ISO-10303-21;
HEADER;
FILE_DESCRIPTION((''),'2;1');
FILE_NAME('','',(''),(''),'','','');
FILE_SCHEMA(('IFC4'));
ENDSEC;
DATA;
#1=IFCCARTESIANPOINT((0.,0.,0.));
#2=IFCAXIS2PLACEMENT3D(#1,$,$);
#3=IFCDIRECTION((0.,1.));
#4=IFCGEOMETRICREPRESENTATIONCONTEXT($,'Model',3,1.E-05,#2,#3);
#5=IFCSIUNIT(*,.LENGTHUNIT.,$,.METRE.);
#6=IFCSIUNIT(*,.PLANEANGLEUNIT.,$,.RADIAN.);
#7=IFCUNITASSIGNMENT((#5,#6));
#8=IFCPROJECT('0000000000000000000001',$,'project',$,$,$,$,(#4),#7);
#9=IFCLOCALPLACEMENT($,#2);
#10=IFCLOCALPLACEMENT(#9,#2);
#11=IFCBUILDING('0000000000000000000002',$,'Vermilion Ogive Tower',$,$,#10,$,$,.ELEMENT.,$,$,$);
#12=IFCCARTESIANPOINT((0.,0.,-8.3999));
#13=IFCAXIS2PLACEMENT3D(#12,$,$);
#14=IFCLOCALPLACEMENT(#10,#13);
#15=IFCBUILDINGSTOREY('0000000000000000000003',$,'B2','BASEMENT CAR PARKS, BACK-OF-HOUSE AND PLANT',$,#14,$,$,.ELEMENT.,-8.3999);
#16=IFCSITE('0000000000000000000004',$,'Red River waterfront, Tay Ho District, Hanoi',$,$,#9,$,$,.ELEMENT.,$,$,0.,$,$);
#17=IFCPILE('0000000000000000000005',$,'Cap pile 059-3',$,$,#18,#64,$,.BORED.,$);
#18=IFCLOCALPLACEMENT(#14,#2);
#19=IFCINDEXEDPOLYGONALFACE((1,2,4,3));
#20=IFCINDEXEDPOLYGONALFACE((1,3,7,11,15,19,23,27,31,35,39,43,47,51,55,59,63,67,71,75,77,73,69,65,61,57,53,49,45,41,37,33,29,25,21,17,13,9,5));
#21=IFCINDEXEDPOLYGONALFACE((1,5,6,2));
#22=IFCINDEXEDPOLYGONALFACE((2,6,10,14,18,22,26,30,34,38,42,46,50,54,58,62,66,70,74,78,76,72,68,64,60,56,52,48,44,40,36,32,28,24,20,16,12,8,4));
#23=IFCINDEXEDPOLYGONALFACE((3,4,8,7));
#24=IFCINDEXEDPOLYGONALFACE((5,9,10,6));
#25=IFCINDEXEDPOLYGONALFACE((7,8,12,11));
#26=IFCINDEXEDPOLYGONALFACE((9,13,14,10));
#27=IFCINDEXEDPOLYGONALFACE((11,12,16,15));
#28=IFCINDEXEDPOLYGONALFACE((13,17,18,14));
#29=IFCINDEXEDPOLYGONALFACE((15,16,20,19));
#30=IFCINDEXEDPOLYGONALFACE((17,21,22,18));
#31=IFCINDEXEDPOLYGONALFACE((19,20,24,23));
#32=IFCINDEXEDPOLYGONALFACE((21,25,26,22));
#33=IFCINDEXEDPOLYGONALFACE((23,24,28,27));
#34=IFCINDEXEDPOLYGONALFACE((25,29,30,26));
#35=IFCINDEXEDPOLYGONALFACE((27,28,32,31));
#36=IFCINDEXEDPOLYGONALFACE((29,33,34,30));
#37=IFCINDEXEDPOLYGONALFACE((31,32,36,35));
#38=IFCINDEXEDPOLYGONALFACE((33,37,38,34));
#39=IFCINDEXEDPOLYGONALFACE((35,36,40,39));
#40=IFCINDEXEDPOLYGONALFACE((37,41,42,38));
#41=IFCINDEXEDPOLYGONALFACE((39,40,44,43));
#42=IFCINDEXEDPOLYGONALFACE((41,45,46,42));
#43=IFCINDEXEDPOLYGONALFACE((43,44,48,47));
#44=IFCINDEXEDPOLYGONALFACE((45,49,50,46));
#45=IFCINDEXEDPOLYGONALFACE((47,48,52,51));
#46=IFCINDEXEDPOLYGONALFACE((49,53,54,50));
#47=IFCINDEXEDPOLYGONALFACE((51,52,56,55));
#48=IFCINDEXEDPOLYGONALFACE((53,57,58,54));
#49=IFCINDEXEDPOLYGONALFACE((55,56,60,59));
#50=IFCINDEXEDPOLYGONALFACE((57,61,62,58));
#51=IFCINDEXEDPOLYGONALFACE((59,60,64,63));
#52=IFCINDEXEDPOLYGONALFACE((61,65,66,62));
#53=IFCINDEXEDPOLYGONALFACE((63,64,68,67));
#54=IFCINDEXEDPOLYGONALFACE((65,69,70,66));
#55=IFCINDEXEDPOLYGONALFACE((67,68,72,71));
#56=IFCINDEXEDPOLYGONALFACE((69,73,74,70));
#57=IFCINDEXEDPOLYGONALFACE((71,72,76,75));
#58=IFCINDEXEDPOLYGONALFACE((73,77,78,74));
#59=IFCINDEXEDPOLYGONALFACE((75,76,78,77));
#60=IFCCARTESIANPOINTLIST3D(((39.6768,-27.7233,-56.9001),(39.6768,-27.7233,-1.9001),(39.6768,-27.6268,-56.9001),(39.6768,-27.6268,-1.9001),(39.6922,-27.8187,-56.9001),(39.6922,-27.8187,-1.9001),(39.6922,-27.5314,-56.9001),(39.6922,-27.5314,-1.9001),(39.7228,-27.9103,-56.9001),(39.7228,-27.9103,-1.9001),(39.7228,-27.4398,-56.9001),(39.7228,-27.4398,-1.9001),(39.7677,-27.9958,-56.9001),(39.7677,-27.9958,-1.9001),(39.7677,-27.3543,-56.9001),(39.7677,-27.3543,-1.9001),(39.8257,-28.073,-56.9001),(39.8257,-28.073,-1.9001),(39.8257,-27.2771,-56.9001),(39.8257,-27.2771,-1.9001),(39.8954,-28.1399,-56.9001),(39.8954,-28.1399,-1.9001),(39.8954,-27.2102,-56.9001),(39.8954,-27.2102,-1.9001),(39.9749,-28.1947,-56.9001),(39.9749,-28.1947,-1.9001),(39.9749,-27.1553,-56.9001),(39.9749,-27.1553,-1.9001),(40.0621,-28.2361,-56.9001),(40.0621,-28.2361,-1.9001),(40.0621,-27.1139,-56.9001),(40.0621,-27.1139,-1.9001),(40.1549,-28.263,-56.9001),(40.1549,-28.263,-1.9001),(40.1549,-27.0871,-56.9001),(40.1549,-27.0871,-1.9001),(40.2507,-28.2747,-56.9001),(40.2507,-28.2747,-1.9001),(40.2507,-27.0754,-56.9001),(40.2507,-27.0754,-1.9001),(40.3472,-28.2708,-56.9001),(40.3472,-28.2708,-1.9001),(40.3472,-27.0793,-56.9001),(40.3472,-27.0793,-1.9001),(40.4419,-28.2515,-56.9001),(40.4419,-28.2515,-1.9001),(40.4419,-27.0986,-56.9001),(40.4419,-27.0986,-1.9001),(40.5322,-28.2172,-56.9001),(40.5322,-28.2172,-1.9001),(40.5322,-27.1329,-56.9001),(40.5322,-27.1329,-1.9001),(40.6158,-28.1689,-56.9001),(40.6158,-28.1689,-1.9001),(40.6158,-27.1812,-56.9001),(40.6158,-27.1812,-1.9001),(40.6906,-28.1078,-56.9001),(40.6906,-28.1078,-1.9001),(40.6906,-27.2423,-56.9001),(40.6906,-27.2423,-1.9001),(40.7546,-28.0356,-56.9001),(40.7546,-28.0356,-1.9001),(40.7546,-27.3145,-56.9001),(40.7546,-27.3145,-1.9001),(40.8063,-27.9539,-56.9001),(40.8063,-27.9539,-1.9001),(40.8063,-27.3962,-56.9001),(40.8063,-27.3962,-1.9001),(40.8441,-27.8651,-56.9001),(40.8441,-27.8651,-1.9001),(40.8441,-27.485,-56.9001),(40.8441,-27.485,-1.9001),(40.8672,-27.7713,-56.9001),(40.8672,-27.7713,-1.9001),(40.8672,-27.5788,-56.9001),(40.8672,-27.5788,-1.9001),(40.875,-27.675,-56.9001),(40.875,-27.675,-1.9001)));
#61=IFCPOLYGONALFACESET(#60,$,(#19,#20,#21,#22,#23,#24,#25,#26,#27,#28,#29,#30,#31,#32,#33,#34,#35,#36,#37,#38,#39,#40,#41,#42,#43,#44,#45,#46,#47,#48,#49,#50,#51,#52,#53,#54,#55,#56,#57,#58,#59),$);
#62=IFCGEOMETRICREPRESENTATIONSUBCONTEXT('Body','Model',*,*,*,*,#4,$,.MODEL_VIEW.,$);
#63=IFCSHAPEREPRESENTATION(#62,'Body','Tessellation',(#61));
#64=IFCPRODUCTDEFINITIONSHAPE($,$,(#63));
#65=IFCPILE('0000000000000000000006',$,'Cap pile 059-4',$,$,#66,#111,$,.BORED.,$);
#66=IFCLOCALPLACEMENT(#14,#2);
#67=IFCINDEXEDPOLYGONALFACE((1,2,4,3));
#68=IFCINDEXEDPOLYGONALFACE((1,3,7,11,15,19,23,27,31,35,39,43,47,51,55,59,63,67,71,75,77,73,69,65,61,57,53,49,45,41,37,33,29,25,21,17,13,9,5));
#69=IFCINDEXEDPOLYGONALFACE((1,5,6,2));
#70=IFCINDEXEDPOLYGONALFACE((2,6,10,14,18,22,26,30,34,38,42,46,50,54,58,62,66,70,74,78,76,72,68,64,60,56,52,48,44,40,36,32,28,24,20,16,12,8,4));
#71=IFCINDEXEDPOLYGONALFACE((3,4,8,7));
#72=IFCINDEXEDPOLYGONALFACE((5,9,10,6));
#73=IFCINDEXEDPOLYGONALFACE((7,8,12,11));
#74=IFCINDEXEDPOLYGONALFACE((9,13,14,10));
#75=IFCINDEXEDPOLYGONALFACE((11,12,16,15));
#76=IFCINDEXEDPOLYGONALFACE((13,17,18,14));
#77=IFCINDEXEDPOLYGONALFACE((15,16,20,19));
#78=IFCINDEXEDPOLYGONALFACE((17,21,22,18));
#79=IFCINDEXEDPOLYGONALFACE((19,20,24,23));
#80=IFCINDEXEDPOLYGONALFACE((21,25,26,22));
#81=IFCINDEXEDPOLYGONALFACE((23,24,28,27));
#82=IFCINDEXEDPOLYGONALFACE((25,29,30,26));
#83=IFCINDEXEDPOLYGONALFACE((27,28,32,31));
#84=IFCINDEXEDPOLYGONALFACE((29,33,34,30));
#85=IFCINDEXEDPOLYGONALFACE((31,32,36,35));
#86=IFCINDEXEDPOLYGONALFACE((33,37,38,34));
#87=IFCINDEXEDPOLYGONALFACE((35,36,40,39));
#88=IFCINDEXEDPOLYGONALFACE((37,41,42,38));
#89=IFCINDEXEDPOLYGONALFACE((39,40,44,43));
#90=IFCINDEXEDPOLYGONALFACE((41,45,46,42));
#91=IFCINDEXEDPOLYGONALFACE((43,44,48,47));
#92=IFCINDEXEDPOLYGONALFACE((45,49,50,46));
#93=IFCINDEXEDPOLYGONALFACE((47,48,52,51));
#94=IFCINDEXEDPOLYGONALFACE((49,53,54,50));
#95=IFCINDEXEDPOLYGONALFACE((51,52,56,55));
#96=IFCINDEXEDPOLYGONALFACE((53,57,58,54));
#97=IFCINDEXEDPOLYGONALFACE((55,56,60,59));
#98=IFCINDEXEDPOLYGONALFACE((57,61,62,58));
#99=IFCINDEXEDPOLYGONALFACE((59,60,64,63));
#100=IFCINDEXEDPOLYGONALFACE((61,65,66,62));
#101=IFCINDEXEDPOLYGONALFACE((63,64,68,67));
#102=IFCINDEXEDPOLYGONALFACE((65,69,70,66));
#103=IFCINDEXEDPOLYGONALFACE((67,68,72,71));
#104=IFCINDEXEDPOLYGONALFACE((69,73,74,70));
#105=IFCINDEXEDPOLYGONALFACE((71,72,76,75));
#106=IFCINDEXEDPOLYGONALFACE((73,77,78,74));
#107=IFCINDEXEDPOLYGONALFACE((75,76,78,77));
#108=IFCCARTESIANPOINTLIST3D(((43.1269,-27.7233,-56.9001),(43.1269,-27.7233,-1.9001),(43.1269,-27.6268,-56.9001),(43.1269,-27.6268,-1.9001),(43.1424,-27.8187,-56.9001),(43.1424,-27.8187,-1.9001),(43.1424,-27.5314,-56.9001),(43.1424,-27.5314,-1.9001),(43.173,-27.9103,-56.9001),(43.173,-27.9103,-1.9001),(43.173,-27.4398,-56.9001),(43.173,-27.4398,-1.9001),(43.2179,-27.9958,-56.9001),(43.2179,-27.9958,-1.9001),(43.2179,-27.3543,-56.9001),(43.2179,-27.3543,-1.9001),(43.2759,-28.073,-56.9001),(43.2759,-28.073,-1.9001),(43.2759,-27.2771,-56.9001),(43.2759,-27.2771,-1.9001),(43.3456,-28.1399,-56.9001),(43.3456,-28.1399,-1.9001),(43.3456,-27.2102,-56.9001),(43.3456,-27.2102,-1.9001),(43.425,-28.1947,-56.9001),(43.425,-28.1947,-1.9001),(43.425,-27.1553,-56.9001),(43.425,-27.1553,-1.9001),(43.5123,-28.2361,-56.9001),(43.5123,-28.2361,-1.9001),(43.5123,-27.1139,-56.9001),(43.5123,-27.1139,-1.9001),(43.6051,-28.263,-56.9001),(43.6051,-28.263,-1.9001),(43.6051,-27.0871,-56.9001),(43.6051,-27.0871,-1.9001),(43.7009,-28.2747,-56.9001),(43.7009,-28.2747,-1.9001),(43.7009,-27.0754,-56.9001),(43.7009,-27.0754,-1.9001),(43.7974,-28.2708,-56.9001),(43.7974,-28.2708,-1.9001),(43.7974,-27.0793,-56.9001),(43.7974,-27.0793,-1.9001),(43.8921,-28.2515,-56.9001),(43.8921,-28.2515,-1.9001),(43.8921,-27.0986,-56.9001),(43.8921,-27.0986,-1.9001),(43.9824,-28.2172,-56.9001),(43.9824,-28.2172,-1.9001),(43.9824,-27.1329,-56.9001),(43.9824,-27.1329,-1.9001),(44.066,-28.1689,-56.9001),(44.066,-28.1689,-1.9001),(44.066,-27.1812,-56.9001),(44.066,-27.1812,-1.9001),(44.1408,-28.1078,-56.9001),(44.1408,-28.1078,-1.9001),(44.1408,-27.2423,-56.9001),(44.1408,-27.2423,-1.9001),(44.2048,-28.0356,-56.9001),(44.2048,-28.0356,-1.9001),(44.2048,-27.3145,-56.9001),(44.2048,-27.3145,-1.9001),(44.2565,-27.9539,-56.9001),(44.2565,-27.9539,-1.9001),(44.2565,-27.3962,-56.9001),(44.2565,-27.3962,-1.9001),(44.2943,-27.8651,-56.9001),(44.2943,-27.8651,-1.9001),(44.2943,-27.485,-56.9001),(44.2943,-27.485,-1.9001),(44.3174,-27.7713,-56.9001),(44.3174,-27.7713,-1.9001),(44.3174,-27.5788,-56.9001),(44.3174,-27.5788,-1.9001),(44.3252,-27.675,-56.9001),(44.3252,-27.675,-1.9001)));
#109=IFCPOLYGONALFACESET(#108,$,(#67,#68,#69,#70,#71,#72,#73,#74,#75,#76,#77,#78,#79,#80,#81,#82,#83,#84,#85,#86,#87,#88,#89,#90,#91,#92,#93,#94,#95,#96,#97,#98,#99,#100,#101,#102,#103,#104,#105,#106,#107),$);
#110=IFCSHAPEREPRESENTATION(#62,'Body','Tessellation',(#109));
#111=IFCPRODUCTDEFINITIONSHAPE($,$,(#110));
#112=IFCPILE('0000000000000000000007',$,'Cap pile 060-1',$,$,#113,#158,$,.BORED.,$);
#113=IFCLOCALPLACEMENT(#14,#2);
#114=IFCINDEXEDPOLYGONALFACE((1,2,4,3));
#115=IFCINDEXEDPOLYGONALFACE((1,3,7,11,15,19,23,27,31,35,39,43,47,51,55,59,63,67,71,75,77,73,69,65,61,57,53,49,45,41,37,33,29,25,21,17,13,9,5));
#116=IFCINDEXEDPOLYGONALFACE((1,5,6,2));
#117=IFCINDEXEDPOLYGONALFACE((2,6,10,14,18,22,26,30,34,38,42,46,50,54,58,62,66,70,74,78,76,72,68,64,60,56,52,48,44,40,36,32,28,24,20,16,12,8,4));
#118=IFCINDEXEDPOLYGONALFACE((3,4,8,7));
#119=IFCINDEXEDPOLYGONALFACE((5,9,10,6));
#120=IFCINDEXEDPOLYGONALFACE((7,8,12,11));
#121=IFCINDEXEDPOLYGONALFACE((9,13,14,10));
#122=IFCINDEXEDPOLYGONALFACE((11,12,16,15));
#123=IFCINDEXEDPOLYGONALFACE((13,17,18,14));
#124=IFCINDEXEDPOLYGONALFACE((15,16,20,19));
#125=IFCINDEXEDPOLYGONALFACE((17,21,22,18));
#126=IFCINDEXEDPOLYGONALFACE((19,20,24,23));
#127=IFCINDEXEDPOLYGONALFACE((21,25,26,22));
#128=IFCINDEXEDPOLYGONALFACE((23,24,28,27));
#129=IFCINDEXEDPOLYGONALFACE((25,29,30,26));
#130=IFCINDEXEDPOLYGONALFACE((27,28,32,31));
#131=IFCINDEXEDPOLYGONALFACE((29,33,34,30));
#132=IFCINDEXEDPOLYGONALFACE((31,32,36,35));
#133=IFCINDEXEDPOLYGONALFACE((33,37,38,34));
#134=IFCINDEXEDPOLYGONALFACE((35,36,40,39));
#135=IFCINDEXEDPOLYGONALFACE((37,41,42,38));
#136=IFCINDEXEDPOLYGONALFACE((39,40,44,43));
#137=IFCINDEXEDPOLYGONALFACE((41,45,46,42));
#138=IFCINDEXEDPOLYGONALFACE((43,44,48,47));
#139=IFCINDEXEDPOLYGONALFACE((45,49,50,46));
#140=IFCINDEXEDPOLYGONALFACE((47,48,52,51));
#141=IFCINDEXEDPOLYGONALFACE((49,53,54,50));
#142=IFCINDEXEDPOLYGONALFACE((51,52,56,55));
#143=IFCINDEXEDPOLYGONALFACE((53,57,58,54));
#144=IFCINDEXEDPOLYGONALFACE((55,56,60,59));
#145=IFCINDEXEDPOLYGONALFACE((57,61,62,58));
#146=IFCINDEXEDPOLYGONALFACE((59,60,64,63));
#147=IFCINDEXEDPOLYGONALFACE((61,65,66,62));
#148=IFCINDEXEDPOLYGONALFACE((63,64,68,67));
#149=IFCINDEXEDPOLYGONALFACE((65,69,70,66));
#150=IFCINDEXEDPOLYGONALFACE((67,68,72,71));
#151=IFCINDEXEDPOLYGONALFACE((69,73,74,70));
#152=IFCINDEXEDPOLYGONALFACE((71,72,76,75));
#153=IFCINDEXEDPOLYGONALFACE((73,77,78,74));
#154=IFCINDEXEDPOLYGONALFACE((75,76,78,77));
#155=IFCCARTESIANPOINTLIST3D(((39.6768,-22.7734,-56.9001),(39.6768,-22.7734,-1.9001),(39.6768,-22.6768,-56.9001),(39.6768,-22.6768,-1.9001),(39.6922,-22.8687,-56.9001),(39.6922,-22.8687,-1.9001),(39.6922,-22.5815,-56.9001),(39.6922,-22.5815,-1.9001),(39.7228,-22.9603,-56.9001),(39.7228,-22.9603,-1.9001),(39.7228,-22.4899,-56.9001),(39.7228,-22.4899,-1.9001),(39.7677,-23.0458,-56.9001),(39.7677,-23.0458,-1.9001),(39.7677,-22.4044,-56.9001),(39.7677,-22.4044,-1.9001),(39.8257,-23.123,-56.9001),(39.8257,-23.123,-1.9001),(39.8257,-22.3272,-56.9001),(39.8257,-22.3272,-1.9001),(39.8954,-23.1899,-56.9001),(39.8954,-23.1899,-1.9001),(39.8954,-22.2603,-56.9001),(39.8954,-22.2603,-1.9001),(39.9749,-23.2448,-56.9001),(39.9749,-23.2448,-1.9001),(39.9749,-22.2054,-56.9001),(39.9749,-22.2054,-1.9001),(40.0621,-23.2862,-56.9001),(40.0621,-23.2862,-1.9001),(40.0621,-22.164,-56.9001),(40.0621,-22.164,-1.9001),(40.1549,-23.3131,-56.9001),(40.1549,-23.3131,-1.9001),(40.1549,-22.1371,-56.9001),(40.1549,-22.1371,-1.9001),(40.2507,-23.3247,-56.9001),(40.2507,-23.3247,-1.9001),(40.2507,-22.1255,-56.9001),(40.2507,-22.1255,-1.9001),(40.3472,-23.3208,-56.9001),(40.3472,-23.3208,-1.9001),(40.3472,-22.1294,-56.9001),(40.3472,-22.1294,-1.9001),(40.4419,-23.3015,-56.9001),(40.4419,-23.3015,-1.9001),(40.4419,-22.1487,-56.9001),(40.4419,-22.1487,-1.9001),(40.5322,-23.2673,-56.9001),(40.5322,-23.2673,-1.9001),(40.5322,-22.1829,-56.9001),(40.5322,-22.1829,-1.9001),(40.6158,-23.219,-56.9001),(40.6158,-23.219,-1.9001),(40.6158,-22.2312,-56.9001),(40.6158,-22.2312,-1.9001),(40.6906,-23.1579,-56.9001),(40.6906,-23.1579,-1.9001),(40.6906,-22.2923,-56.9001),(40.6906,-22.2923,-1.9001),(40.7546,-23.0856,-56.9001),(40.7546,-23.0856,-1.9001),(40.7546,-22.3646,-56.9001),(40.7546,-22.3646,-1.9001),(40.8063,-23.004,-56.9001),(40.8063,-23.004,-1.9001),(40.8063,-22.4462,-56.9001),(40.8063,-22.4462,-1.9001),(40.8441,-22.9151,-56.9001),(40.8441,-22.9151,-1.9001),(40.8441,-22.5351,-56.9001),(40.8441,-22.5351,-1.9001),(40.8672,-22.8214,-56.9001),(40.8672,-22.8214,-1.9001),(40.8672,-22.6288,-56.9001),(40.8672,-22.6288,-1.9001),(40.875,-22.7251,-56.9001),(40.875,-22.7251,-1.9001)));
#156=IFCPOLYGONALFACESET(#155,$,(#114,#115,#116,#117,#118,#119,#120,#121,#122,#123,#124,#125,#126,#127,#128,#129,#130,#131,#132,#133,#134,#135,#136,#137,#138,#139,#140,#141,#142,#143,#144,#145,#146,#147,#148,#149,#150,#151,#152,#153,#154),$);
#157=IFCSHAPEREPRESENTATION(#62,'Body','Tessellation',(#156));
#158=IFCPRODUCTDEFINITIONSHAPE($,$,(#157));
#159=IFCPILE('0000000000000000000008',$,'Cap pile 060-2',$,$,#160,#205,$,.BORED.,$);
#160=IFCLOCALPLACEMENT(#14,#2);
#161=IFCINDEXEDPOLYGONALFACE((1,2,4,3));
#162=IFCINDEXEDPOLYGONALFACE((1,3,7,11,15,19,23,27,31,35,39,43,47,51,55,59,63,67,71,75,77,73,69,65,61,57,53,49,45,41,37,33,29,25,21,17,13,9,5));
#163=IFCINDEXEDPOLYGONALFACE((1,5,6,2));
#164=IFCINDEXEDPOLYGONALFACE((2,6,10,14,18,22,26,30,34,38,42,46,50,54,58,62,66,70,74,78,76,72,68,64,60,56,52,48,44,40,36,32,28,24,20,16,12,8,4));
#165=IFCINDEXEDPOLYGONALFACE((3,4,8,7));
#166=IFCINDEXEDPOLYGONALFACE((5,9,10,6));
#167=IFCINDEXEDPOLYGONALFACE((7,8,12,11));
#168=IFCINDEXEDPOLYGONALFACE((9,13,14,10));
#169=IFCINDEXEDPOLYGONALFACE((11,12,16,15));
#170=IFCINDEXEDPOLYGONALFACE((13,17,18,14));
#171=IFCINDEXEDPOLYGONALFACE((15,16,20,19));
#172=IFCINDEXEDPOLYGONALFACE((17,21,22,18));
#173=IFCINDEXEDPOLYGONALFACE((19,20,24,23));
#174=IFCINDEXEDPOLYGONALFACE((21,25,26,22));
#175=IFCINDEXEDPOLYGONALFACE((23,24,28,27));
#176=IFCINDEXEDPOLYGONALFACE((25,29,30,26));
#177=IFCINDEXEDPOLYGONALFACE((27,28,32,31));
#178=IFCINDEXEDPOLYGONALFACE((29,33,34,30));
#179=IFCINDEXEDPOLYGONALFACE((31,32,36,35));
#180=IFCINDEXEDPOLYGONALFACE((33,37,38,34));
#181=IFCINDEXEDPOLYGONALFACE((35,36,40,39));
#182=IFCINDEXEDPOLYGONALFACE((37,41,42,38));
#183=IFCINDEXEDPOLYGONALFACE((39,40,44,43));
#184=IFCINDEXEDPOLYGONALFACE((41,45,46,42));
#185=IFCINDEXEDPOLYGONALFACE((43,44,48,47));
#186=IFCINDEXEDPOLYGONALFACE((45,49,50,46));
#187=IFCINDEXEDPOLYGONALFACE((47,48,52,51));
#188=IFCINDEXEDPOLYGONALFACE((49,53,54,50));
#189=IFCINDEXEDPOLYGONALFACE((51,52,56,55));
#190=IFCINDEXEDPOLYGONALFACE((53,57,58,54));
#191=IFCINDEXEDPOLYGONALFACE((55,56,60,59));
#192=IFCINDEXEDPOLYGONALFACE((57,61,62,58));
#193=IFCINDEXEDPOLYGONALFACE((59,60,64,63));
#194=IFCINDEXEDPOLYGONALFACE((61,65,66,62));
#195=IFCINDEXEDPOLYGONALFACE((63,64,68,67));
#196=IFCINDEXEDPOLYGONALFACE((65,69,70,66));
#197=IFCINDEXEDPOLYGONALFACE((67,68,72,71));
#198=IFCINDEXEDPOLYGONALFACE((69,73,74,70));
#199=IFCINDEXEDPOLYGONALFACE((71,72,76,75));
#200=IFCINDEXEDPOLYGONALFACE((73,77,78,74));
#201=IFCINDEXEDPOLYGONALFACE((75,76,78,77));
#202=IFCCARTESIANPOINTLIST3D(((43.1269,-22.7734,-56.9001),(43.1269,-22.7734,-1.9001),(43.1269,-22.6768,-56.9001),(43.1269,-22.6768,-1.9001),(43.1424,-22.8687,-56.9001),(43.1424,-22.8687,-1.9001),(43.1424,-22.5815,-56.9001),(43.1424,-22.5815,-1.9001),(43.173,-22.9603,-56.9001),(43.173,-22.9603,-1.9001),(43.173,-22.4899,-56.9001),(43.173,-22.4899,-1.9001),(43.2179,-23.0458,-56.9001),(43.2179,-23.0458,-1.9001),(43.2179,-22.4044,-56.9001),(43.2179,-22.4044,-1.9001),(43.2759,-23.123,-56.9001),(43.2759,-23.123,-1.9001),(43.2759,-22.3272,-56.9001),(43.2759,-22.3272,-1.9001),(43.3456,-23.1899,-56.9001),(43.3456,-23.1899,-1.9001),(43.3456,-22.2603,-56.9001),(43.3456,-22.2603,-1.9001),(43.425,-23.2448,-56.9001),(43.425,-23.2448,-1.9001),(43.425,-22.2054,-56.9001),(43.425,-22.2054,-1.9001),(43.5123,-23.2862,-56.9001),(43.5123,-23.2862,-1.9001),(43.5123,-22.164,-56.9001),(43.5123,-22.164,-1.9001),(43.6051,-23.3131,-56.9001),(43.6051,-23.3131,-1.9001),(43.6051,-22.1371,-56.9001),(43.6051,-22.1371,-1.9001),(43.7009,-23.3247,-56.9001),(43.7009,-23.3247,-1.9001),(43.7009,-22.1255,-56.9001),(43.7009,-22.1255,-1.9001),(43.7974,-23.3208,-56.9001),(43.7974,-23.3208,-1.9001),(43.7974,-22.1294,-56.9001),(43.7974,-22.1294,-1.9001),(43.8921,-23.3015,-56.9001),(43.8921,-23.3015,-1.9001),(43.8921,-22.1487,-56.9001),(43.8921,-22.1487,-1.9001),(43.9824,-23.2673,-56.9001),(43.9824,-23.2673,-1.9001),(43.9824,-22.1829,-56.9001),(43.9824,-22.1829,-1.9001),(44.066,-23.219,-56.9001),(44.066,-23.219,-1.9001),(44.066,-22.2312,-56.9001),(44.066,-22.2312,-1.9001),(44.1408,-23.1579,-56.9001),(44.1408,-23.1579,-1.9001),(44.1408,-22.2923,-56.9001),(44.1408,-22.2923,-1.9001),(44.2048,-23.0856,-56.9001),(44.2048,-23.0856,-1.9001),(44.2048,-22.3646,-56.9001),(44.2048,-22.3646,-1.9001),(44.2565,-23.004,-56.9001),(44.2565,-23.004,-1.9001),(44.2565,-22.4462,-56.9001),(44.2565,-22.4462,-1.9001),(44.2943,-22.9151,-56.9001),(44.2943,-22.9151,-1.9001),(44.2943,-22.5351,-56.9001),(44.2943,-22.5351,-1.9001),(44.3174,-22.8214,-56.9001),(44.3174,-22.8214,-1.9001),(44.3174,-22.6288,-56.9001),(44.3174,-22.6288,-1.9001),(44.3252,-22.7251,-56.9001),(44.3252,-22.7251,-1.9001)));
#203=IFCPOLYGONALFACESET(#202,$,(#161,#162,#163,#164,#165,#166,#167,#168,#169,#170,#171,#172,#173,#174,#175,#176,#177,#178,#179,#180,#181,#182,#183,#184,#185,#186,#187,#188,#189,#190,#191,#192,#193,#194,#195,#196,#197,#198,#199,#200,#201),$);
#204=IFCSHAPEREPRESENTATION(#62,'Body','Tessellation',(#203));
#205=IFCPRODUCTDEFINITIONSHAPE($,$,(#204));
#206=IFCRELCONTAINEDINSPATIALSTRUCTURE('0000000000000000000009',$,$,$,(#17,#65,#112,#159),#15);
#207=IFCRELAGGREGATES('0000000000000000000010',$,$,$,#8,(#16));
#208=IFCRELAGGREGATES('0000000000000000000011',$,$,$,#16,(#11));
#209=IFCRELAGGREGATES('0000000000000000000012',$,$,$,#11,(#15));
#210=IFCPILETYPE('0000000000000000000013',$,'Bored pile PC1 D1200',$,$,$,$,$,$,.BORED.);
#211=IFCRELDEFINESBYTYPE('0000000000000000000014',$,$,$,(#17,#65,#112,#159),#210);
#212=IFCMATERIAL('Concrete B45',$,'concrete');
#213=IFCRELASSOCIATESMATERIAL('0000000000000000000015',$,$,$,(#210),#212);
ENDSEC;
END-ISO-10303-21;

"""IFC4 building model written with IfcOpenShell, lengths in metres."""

from ifc_helpers import new_model, si_unit, direction, frame, origin, origin_2d, place, context, subcontext, project, spatial, circle, extrude, material, type_object, element, save


model = new_model("IFC4")

# Units and contexts
model_context = context("Model", 3, precision=1e-05, world=origin(), true_north=direction((0.0, 1.0)))
body_context = subcontext(model_context, "Body", "Model", "MODEL_VIEW")
ifc_project = project(units=[si_unit("LENGTHUNIT", "METRE"), si_unit("PLANEANGLEUNIT", "RADIAN")], contexts=[model_context])

# Site, building, storey
site_placement = place(None, origin())
site = spatial("IfcSite", under=ifc_project, at=site_placement, Name="Red River waterfront, Tay Ho District, Hanoi", CompositionType="ELEMENT", RefElevation=0.0)
building_placement = place(site_placement, origin())
building = spatial("IfcBuilding", under=site, at=building_placement, Name="Vermilion Ogive Tower", CompositionType="ELEMENT")
storey_placement = place(building_placement, frame((0.0, 0.0, -8.3999)))
storey = spatial("IfcBuildingStorey", under=building, at=storey_placement, Name="B2", Description="BASEMENT CAR PARKS, BACK-OF-HOUSE AND PLANT", CompositionType="ELEMENT", Elevation=-8.3999)

# Piles
ifc_material_1 = material(Name="Concrete B45", Category="concrete")
pile_type = type_object("IfcPileType", Name="Bored pile PC1 D1200", PredefinedType="BORED", material=ifc_material_1)
for number, where, z_axis, x_axis, name in (
    (1, (40.2749, -27.675, -1.9001), (0.0, 0.0, -1.0), (1.0, 0.0, 0.0), "Cap pile 059-3"),
    (2, (43.7251, -27.675, -1.9001), (0.0, 0.0, -1.0), (1.0, 0.0, 0.0), "Cap pile 059-4"),
    (3, (40.2749, -22.7251, -1.9001), (0.0, 0.0, -1.0), (1.0, 0.0, 0.0), "Cap pile 060-1"),
    (4, (43.7251, -22.7251, -1.9001), (0.0, 0.0, -1.0), (1.0, 0.0, 0.0), "Cap pile 060-2"),
):
    element("IfcPile", number, at=place(storey_placement, frame(where, z_axis=z_axis, x_axis=x_axis)), inside=storey, type_object=pile_type, Name=name, PredefinedType="BORED", context=body_context, shape_type="SweptSolid", body=[
        extrude(circle(Radius=0.6001, at=origin_2d()), origin(), (0.0, 0.0, 1.0), 55.0),
    ])

save(model, "model.ifc")
